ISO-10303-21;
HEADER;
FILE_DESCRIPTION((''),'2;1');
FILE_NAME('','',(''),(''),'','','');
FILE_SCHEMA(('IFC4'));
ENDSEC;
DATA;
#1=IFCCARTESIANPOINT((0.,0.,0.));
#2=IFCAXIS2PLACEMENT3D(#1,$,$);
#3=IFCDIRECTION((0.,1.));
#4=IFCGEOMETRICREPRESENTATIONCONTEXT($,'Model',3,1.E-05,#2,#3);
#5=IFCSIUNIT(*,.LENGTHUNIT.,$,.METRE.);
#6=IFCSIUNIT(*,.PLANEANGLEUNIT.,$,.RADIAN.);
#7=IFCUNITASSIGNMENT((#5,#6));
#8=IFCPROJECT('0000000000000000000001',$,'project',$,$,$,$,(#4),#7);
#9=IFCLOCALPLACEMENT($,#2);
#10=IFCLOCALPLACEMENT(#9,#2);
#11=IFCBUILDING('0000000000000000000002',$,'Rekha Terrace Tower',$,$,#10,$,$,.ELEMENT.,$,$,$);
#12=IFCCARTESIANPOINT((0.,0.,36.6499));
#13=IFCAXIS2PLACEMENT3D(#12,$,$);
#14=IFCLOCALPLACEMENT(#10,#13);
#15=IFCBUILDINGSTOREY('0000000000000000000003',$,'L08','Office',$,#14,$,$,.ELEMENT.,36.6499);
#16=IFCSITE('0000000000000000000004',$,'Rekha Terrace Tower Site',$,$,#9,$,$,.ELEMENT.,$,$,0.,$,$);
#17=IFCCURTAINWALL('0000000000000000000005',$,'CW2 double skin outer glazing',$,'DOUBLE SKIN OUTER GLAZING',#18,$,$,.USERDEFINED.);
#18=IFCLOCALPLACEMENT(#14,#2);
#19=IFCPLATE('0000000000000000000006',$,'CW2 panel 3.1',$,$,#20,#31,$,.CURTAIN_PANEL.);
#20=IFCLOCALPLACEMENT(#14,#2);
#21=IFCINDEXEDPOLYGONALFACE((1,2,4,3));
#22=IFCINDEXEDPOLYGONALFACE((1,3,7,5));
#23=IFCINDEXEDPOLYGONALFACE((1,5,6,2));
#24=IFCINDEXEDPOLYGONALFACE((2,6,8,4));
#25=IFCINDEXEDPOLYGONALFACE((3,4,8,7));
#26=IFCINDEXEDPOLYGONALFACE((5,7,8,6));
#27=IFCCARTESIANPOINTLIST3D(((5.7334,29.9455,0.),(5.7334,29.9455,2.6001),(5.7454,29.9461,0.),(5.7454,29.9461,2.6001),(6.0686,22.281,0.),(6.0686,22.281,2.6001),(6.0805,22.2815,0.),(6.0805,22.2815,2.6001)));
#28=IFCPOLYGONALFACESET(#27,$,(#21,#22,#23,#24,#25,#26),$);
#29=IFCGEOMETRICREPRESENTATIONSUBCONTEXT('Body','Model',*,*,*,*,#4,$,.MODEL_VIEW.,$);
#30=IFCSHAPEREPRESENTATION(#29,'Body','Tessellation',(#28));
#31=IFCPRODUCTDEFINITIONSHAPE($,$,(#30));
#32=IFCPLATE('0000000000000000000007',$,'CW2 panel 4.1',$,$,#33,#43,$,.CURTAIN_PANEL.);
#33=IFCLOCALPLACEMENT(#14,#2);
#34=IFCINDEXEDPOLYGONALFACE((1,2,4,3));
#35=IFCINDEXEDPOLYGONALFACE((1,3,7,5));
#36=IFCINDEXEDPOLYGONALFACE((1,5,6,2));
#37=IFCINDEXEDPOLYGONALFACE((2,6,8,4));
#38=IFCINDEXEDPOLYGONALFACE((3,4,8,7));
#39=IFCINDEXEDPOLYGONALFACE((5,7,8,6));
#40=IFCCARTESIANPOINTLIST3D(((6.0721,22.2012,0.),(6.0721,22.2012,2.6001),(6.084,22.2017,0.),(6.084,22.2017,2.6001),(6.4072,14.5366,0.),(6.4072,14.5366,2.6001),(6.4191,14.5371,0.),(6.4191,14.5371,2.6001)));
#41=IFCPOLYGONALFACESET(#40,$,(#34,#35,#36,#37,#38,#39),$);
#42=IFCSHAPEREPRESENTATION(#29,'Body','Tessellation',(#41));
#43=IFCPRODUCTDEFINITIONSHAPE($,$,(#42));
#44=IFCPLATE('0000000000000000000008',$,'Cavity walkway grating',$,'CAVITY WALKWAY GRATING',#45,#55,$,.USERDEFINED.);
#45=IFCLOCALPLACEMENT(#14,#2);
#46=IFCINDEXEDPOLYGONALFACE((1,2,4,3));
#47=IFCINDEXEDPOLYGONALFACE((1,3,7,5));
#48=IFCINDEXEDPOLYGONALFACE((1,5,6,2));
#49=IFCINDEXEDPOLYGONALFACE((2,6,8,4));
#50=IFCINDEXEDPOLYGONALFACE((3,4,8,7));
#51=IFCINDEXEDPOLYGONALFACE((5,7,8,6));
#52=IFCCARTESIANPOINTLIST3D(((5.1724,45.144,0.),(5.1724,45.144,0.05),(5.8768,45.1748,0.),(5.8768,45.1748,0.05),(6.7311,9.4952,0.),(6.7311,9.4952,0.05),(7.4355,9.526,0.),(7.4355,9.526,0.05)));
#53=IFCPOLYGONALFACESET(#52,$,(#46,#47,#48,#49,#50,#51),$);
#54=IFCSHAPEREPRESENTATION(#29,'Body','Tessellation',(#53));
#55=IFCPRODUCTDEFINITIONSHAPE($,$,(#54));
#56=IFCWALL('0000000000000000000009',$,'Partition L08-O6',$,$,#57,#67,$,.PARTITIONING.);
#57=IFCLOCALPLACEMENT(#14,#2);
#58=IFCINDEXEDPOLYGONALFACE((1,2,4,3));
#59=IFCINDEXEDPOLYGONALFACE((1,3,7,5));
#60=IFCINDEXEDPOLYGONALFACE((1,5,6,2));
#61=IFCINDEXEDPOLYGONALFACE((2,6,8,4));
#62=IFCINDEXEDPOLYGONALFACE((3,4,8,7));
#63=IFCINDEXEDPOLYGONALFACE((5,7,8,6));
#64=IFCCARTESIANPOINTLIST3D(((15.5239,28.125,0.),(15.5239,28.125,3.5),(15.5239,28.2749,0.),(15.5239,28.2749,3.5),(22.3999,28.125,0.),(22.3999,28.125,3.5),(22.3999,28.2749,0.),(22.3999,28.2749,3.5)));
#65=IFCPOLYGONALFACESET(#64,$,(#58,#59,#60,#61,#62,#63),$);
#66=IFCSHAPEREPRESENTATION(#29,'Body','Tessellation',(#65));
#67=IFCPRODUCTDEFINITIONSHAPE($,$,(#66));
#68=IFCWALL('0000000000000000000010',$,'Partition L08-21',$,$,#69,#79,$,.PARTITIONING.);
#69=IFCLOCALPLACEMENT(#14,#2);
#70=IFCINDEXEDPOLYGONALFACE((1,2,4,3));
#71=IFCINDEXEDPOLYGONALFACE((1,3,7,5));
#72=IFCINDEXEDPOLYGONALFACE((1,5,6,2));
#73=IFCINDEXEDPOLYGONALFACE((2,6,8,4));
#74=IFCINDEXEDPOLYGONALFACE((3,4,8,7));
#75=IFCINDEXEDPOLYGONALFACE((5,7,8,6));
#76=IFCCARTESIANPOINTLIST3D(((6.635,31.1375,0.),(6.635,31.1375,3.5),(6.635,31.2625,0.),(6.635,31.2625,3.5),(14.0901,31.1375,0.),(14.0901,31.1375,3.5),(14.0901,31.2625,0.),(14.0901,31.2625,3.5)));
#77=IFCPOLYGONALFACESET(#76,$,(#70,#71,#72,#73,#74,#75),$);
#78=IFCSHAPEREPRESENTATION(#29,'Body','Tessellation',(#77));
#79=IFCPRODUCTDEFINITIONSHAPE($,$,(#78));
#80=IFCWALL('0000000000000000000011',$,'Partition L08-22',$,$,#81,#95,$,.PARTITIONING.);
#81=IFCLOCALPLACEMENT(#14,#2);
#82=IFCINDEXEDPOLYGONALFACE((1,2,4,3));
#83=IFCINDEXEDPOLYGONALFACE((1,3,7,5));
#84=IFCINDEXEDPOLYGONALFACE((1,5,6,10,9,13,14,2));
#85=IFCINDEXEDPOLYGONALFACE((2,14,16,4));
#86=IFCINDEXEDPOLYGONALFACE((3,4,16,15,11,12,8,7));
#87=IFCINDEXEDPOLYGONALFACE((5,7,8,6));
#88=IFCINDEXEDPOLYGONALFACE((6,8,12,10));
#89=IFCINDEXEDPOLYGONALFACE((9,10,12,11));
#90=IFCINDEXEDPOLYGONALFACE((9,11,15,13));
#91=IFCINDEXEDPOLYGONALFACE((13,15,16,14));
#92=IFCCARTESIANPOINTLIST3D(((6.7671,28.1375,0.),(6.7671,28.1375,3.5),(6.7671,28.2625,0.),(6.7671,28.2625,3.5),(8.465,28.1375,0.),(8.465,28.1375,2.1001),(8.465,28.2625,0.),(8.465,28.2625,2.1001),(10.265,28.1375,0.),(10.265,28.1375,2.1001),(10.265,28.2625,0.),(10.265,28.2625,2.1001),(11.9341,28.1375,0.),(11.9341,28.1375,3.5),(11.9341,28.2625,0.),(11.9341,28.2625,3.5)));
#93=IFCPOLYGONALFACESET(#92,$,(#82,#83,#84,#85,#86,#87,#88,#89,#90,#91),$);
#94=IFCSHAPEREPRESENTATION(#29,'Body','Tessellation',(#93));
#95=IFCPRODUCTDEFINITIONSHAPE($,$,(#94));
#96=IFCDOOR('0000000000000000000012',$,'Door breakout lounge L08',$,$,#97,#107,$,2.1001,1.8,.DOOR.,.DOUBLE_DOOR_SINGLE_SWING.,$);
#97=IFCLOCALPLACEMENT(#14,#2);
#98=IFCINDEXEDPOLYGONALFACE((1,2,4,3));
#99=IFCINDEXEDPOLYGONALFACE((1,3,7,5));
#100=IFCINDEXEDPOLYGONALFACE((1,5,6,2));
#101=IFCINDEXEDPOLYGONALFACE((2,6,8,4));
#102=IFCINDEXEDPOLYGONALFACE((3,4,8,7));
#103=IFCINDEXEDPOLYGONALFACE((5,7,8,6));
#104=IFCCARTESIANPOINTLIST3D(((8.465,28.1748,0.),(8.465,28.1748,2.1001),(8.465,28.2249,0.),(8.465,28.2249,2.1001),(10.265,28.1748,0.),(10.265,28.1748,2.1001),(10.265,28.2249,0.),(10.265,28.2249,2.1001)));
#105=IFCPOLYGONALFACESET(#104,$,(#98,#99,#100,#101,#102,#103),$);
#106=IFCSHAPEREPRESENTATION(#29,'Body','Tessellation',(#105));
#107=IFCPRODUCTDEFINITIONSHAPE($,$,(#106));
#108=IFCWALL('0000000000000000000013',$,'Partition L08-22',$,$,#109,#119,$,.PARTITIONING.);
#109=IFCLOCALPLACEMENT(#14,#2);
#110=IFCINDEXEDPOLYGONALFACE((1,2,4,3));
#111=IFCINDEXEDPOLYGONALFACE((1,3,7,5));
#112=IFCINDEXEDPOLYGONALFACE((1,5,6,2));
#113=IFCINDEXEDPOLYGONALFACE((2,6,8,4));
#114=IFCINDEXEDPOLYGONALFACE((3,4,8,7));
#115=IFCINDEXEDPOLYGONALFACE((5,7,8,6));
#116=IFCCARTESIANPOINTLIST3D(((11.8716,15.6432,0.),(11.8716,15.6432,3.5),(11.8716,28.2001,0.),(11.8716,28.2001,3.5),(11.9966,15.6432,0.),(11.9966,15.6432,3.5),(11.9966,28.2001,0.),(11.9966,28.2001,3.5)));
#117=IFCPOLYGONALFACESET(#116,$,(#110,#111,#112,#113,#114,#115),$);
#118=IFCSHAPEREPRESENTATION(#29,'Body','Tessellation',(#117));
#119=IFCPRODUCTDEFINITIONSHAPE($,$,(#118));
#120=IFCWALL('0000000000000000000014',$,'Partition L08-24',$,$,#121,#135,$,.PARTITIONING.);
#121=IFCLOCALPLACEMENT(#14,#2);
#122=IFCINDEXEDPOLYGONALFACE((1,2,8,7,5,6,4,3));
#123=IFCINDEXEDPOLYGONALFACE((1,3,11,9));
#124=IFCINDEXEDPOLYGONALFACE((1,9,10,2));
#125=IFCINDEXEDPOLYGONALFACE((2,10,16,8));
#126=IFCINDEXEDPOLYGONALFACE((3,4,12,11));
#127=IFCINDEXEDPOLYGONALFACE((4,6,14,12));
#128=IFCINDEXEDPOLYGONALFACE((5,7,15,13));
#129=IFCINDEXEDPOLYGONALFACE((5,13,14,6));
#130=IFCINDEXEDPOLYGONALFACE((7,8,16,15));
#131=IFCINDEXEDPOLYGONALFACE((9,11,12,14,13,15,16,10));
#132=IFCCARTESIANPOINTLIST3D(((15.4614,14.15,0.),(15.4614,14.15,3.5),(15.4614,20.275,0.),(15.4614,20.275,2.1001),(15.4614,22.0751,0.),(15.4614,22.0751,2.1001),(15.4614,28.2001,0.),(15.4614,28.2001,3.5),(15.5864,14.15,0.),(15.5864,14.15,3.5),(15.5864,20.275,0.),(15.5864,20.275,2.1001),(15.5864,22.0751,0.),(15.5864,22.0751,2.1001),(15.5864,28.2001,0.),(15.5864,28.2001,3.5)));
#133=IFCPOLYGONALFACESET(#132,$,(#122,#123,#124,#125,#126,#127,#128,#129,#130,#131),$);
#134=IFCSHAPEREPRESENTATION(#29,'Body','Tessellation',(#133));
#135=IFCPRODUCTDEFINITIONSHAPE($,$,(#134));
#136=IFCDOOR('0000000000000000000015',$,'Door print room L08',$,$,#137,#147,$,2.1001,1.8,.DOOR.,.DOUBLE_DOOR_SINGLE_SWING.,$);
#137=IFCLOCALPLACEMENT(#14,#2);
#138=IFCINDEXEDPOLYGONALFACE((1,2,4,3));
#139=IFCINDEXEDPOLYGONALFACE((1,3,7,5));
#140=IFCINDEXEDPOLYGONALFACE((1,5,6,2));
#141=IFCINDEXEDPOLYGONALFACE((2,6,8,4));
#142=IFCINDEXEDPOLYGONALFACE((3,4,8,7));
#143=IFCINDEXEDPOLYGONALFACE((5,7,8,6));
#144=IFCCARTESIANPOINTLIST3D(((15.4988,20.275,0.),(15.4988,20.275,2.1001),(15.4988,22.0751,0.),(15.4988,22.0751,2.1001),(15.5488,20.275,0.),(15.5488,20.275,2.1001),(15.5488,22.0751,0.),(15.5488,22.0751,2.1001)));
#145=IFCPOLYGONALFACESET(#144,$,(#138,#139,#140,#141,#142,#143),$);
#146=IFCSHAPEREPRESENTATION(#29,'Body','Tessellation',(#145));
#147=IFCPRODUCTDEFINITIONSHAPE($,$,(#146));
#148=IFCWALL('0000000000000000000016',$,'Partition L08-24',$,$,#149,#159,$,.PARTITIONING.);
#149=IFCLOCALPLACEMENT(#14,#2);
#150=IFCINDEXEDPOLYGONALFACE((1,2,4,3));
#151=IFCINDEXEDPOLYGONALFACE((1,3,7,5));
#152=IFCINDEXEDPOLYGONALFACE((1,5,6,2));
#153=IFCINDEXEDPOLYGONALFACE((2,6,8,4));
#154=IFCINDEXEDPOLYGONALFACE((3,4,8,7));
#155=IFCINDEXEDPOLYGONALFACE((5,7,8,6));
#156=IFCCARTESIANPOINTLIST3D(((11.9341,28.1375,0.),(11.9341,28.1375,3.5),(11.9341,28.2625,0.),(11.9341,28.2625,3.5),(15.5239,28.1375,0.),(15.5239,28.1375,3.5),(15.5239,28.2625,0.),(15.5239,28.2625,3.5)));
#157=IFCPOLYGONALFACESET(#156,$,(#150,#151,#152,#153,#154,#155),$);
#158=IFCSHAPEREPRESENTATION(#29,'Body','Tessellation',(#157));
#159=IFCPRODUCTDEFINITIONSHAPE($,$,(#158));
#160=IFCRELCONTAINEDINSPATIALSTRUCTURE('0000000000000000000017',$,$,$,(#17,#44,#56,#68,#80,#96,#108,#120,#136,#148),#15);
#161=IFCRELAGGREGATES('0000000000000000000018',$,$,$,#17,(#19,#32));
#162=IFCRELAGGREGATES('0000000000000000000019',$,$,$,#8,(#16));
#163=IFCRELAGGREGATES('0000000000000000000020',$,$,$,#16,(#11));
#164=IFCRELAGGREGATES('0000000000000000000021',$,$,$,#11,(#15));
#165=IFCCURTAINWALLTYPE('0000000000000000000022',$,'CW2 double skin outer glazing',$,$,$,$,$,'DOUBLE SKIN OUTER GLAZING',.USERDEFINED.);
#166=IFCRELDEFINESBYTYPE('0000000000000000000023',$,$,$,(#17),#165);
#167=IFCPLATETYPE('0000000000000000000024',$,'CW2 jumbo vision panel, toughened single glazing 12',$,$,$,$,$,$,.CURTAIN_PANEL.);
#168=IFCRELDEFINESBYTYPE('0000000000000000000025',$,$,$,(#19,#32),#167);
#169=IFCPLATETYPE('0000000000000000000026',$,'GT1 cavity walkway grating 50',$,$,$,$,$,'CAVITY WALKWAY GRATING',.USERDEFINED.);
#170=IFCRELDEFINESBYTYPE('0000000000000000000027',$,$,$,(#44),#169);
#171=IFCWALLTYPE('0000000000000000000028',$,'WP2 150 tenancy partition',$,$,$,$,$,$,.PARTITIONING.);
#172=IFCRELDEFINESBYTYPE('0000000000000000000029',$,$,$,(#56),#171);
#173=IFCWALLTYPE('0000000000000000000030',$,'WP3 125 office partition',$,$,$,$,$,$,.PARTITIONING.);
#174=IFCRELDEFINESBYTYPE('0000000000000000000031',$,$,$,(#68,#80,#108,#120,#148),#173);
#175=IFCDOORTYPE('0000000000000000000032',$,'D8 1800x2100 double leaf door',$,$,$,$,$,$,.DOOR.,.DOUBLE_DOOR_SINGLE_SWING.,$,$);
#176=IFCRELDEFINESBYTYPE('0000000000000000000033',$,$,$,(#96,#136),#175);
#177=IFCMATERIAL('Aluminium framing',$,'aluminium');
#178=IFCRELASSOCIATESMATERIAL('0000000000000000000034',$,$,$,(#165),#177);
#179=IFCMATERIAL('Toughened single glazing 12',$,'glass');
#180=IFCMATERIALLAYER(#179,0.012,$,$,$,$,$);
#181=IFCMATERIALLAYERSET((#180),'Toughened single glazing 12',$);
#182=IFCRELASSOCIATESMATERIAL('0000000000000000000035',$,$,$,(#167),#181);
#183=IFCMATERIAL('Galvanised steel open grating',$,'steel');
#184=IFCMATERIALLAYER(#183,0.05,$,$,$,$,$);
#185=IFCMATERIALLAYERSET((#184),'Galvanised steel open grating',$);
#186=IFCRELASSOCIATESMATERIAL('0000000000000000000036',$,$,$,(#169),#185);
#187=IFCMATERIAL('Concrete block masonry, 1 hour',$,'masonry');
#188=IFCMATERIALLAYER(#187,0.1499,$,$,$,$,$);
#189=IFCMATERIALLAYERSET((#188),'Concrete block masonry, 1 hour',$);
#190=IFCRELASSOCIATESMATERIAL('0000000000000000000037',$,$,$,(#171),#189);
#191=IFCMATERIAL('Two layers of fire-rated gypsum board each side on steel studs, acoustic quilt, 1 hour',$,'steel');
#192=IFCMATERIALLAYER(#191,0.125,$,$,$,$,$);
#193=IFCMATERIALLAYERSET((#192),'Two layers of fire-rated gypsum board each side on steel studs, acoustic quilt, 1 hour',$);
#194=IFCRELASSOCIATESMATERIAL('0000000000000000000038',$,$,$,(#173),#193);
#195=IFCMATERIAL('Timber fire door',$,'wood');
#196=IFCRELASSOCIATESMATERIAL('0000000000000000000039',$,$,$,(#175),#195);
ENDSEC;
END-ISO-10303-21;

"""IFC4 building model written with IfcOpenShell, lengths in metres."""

from ifc_helpers import new_model, si_unit, direction, frame, frame_2d, origin, origin_2d, place, context, subcontext, project, spatial, rectangle, extrude, material, layer, layer_set, type_object, element, fill, aggregate, save


model = new_model("IFC4")

# Units and contexts
model_context = context("Model", 3, precision=1e-05, world=origin(), true_north=direction((0.0, 1.0)))
body_context = subcontext(model_context, "Body", "Model", "MODEL_VIEW")
ifc_project = project(units=[si_unit("LENGTHUNIT", "METRE"), si_unit("PLANEANGLEUNIT", "RADIAN")], contexts=[model_context])

# Site, building, storey
site_placement = place(None, origin())
site = spatial("IfcSite", under=ifc_project, at=site_placement, Name="Rekha Terrace Tower Site", CompositionType="ELEMENT", RefElevation=0.0)
building_placement = place(site_placement, origin())
building = spatial("IfcBuilding", under=site, at=building_placement, Name="Rekha Terrace Tower", CompositionType="ELEMENT")
storey_placement = place(building_placement, frame((0.0, 0.0, 36.6499)))
storey = spatial("IfcBuildingStorey", under=building, at=storey_placement, Name="L08", Description="Office", CompositionType="ELEMENT", Elevation=36.6499)

# Curtain wall
ifc_material_1 = material(Name="Aluminium framing", Category="aluminium")
curtain_wall_type_1 = type_object("IfcCurtainWallType", Name="CW2 double skin outer glazing", ElementType="DOUBLE SKIN OUTER GLAZING", PredefinedType="USERDEFINED", material=ifc_material_1)
curtain_wall_1_placement = place(storey_placement, origin())
curtain_wall_1 = element("IfcCurtainWall", 1, at=curtain_wall_1_placement, inside=storey, type_object=curtain_wall_type_1, Name="CW2 double skin outer glazing", ObjectType="DOUBLE SKIN OUTER GLAZING", PredefinedType="USERDEFINED")

# Plates
ifc_material_2 = material(Name="Toughened single glazing 12", Category="glass")
ifc_layer_1 = layer(ifc_material_2, 0.012)
ifc_layer_set_1 = layer_set([ifc_layer_1], Name="Toughened single glazing 12")
plate_type_1 = type_object("IfcPlateType", Name="CW2 jumbo vision panel, toughened single glazing 12", PredefinedType="CURTAIN_PANEL", material=ifc_layer_set_1)
plate_1_placement = place(storey_placement, frame((5.907, 26.1135, 0.0), z_axis=(0.0, 0.0, 1.0), x_axis=(0.043683, -0.999045, 0.0)))
plate_1 = element("IfcPlate", 2, at=plate_1_placement, type_object=plate_type_1, Name="CW2 panel 3.1", PredefinedType="CURTAIN_PANEL", context=body_context, shape_type="SweptSolid", body=[
    extrude(rectangle(XDim=7.6719, YDim=0.012, at=origin_2d()), origin(), (0.0, 0.0, 1.0), 2.6001),
])
plate_2_placement = place(storey_placement, frame((6.2456, 18.3691, 0.0), z_axis=(0.0, 0.0, 1.0), x_axis=(0.043683, -0.999045, 0.0)))
plate_2 = element("IfcPlate", 3, at=plate_2_placement, type_object=plate_type_1, Name="CW2 panel 4.1", PredefinedType="CURTAIN_PANEL", context=body_context, shape_type="SweptSolid", body=[
    extrude(rectangle(XDim=7.6719, YDim=0.012, at=origin_2d()), origin(), (0.0, 0.0, 1.0), 2.6001),
])
aggregate(curtain_wall_1, [plate_1, plate_2])
ifc_material_3 = material(Name="Galvanised steel open grating", Category="steel")
ifc_layer_2 = layer(ifc_material_3, 0.05)
ifc_layer_set_2 = layer_set([ifc_layer_2], Name="Galvanised steel open grating")
plate_type_2 = type_object("IfcPlateType", Name="GT1 cavity walkway grating 50", ElementType="CAVITY WALKWAY GRATING", PredefinedType="USERDEFINED", material=ifc_layer_set_2)
plate_3_placement = place(storey_placement, frame((6.304, 27.335, 0.0), z_axis=(0.0, 0.0, 1.0), x_axis=(0.043683, -0.999045, 0.0)))
element("IfcPlate", 4, at=plate_3_placement, inside=storey, type_object=plate_type_2, Name="Cavity walkway grating", ObjectType="CAVITY WALKWAY GRATING", PredefinedType="USERDEFINED", context=body_context, shape_type="SweptSolid", body=[
    extrude(rectangle(XDim=35.6829, YDim=0.7051, at=origin_2d()), origin(), (0.0, 0.0, 1.0), 0.05),
])

# Walls
ifc_material_4 = material(Name="Concrete block masonry, 1 hour", Category="masonry")
ifc_layer_3 = layer(ifc_material_4, 0.1499)
ifc_layer_set_3 = layer_set([ifc_layer_3], Name="Concrete block masonry, 1 hour")
wall_type_1 = type_object("IfcWallType", Name="WP2 150 tenancy partition", PredefinedType="PARTITIONING", material=ifc_layer_set_3)
wall_1_placement = place(storey_placement, frame((15.5239, 28.2, 0.0), z_axis=(0.0, 0.0, 1.0), x_axis=(1.0, 0.0, 0.0)))
element("IfcWall", 5, at=wall_1_placement, inside=storey, type_object=wall_type_1, Name="Partition L08-O6", PredefinedType="PARTITIONING", context=body_context, shape_type="SweptSolid", body=[
    extrude(rectangle(XDim=6.876, YDim=0.1499, at=frame_2d((3.438, 0.0))), origin(), (0.0, 0.0, 1.0), 3.5),
])
ifc_material_5 = material(Name="Two layers of fire-rated gypsum board each side on steel studs, acoustic quilt, 1 hour", Category="steel")
ifc_layer_4 = layer(ifc_material_5, 0.125)
ifc_layer_set_4 = layer_set([ifc_layer_4], Name="Two layers of fire-rated gypsum board each side on steel studs, acoustic quilt, 1 hour")
wall_type_2 = type_object("IfcWallType", Name="WP3 125 office partition", PredefinedType="PARTITIONING", material=ifc_layer_set_4)
wall_2_placement = place(storey_placement, frame((14.0901, 31.2, 0.0), z_axis=(0.0, 0.0, 1.0), x_axis=(-1.0, 0.0, 0.0)))
element("IfcWall", 6, at=wall_2_placement, inside=storey, type_object=wall_type_2, Name="Partition L08-21", PredefinedType="PARTITIONING", context=body_context, shape_type="SweptSolid", body=[
    extrude(rectangle(XDim=7.4551, YDim=0.125, at=frame_2d((3.7275, 0.0))), origin(), (0.0, 0.0, 1.0), 3.5),
])

# Wall, opening, door
wall_3_placement = place(storey_placement, frame((6.7671, 28.2, 0.0), z_axis=(0.0, 0.0, 1.0), x_axis=(1.0, 0.0, 0.0)))
wall_3 = element("IfcWall", 7, at=wall_3_placement, inside=storey, type_object=wall_type_2, Name="Partition L08-22", PredefinedType="PARTITIONING", context=body_context, shape_type="SweptSolid", body=[
    extrude(rectangle(XDim=5.167, YDim=0.125, at=frame_2d((2.5835, 0.0))), origin(), (0.0, 0.0, 1.0), 3.5),
])
opening_1_placement = place(wall_3_placement, frame((1.698, 0.0, 0.0)))
opening_1 = element("IfcOpeningElement", 8, at=opening_1_placement, cuts=wall_3, PredefinedType="OPENING", context=body_context, shape_type="SweptSolid", body=[
    extrude(rectangle(XDim=1.8, YDim=2.1001, at=frame_2d((0.8999, 1.05))), frame((0.0, 0.0725, 0.0), z_axis=(0.0, -1.0, 0.0), x_axis=(1.0, 0.0, 0.0)), (0.0, 0.0, 1.0), 0.145),
])
ifc_material_6 = material(Name="Timber fire door", Category="wood")
door_type = type_object("IfcDoorType", Name="D8 1800x2100 double leaf door", OperationType="DOUBLE_DOOR_SINGLE_SWING", PredefinedType="DOOR", material=ifc_material_6)
door_1_placement = place(opening_1_placement, origin())
door_1 = element("IfcDoor", 9, at=door_1_placement, inside=storey, type_object=door_type, Name="Door breakout lounge L08", OperationType="DOUBLE_DOOR_SINGLE_SWING", OverallHeight=2.1001, OverallWidth=1.8, PredefinedType="DOOR", context=body_context, shape_type="SweptSolid", body=[
    extrude(rectangle(XDim=1.8, YDim=2.1001, at=frame_2d((0.8999, 1.05))), frame((0.0, 0.0249, 0.0), z_axis=(0.0, -1.0, 0.0), x_axis=(1.0, 0.0, 0.0)), (0.0, 0.0, 1.0), 0.05),
])
fill(opening_1, door_1)

# Wall
wall_4_placement = place(storey_placement, frame((11.9341, 28.2, 0.0), z_axis=(0.0, 0.0, 1.0), x_axis=(0.0, -1.0, 0.0)))
element("IfcWall", 10, at=wall_4_placement, inside=storey, type_object=wall_type_2, Name="Partition L08-22", PredefinedType="PARTITIONING", context=body_context, shape_type="SweptSolid", body=[
    extrude(rectangle(XDim=12.5569, YDim=0.125, at=frame_2d((6.2783, 0.0))), origin(), (0.0, 0.0, 1.0), 3.5),
])

# Wall, opening, door
wall_5_placement = place(storey_placement, frame((15.5239, 28.2, 0.0), z_axis=(0.0, 0.0, 1.0), x_axis=(0.0, -1.0, 0.0)))
wall_5 = element("IfcWall", 11, at=wall_5_placement, inside=storey, type_object=wall_type_2, Name="Partition L08-24", PredefinedType="PARTITIONING", context=body_context, shape_type="SweptSolid", body=[
    extrude(rectangle(XDim=14.05, YDim=0.125, at=frame_2d((7.0249, 0.0))), origin(), (0.0, 0.0, 1.0), 3.5),
])
opening_2_placement = place(wall_5_placement, frame((6.125, 0.0, 0.0)))
opening_2 = element("IfcOpeningElement", 12, at=opening_2_placement, cuts=wall_5, PredefinedType="OPENING", context=body_context, shape_type="SweptSolid", body=[
    extrude(rectangle(XDim=1.8, YDim=2.1001, at=frame_2d((0.8999, 1.05))), frame((0.0, 0.0725, 0.0), z_axis=(0.0, -1.0, 0.0), x_axis=(1.0, 0.0, 0.0)), (0.0, 0.0, 1.0), 0.145),
])
door_2_placement = place(opening_2_placement, origin())
door_2 = element("IfcDoor", 13, at=door_2_placement, inside=storey, type_object=door_type, Name="Door print room L08", OperationType="DOUBLE_DOOR_SINGLE_SWING", OverallHeight=2.1001, OverallWidth=1.8, PredefinedType="DOOR", context=body_context, shape_type="SweptSolid", body=[
    extrude(rectangle(XDim=1.8, YDim=2.1001, at=frame_2d((0.8999, 1.05))), frame((0.0, 0.0249, 0.0), z_axis=(0.0, -1.0, 0.0), x_axis=(1.0, 0.0, 0.0)), (0.0, 0.0, 1.0), 0.05),
])
fill(opening_2, door_2)

# Wall
wall_6_placement = place(storey_placement, frame((11.9341, 28.2, 0.0), z_axis=(0.0, 0.0, 1.0), x_axis=(1.0, 0.0, 0.0)))
element("IfcWall", 14, at=wall_6_placement, inside=storey, type_object=wall_type_2, Name="Partition L08-24", PredefinedType="PARTITIONING", context=body_context, shape_type="SweptSolid", body=[
    extrude(rectangle(XDim=3.5898, YDim=0.125, at=frame_2d((1.7949, 0.0))), origin(), (0.0, 0.0, 1.0), 3.5),
])

save(model, "model.ifc")
